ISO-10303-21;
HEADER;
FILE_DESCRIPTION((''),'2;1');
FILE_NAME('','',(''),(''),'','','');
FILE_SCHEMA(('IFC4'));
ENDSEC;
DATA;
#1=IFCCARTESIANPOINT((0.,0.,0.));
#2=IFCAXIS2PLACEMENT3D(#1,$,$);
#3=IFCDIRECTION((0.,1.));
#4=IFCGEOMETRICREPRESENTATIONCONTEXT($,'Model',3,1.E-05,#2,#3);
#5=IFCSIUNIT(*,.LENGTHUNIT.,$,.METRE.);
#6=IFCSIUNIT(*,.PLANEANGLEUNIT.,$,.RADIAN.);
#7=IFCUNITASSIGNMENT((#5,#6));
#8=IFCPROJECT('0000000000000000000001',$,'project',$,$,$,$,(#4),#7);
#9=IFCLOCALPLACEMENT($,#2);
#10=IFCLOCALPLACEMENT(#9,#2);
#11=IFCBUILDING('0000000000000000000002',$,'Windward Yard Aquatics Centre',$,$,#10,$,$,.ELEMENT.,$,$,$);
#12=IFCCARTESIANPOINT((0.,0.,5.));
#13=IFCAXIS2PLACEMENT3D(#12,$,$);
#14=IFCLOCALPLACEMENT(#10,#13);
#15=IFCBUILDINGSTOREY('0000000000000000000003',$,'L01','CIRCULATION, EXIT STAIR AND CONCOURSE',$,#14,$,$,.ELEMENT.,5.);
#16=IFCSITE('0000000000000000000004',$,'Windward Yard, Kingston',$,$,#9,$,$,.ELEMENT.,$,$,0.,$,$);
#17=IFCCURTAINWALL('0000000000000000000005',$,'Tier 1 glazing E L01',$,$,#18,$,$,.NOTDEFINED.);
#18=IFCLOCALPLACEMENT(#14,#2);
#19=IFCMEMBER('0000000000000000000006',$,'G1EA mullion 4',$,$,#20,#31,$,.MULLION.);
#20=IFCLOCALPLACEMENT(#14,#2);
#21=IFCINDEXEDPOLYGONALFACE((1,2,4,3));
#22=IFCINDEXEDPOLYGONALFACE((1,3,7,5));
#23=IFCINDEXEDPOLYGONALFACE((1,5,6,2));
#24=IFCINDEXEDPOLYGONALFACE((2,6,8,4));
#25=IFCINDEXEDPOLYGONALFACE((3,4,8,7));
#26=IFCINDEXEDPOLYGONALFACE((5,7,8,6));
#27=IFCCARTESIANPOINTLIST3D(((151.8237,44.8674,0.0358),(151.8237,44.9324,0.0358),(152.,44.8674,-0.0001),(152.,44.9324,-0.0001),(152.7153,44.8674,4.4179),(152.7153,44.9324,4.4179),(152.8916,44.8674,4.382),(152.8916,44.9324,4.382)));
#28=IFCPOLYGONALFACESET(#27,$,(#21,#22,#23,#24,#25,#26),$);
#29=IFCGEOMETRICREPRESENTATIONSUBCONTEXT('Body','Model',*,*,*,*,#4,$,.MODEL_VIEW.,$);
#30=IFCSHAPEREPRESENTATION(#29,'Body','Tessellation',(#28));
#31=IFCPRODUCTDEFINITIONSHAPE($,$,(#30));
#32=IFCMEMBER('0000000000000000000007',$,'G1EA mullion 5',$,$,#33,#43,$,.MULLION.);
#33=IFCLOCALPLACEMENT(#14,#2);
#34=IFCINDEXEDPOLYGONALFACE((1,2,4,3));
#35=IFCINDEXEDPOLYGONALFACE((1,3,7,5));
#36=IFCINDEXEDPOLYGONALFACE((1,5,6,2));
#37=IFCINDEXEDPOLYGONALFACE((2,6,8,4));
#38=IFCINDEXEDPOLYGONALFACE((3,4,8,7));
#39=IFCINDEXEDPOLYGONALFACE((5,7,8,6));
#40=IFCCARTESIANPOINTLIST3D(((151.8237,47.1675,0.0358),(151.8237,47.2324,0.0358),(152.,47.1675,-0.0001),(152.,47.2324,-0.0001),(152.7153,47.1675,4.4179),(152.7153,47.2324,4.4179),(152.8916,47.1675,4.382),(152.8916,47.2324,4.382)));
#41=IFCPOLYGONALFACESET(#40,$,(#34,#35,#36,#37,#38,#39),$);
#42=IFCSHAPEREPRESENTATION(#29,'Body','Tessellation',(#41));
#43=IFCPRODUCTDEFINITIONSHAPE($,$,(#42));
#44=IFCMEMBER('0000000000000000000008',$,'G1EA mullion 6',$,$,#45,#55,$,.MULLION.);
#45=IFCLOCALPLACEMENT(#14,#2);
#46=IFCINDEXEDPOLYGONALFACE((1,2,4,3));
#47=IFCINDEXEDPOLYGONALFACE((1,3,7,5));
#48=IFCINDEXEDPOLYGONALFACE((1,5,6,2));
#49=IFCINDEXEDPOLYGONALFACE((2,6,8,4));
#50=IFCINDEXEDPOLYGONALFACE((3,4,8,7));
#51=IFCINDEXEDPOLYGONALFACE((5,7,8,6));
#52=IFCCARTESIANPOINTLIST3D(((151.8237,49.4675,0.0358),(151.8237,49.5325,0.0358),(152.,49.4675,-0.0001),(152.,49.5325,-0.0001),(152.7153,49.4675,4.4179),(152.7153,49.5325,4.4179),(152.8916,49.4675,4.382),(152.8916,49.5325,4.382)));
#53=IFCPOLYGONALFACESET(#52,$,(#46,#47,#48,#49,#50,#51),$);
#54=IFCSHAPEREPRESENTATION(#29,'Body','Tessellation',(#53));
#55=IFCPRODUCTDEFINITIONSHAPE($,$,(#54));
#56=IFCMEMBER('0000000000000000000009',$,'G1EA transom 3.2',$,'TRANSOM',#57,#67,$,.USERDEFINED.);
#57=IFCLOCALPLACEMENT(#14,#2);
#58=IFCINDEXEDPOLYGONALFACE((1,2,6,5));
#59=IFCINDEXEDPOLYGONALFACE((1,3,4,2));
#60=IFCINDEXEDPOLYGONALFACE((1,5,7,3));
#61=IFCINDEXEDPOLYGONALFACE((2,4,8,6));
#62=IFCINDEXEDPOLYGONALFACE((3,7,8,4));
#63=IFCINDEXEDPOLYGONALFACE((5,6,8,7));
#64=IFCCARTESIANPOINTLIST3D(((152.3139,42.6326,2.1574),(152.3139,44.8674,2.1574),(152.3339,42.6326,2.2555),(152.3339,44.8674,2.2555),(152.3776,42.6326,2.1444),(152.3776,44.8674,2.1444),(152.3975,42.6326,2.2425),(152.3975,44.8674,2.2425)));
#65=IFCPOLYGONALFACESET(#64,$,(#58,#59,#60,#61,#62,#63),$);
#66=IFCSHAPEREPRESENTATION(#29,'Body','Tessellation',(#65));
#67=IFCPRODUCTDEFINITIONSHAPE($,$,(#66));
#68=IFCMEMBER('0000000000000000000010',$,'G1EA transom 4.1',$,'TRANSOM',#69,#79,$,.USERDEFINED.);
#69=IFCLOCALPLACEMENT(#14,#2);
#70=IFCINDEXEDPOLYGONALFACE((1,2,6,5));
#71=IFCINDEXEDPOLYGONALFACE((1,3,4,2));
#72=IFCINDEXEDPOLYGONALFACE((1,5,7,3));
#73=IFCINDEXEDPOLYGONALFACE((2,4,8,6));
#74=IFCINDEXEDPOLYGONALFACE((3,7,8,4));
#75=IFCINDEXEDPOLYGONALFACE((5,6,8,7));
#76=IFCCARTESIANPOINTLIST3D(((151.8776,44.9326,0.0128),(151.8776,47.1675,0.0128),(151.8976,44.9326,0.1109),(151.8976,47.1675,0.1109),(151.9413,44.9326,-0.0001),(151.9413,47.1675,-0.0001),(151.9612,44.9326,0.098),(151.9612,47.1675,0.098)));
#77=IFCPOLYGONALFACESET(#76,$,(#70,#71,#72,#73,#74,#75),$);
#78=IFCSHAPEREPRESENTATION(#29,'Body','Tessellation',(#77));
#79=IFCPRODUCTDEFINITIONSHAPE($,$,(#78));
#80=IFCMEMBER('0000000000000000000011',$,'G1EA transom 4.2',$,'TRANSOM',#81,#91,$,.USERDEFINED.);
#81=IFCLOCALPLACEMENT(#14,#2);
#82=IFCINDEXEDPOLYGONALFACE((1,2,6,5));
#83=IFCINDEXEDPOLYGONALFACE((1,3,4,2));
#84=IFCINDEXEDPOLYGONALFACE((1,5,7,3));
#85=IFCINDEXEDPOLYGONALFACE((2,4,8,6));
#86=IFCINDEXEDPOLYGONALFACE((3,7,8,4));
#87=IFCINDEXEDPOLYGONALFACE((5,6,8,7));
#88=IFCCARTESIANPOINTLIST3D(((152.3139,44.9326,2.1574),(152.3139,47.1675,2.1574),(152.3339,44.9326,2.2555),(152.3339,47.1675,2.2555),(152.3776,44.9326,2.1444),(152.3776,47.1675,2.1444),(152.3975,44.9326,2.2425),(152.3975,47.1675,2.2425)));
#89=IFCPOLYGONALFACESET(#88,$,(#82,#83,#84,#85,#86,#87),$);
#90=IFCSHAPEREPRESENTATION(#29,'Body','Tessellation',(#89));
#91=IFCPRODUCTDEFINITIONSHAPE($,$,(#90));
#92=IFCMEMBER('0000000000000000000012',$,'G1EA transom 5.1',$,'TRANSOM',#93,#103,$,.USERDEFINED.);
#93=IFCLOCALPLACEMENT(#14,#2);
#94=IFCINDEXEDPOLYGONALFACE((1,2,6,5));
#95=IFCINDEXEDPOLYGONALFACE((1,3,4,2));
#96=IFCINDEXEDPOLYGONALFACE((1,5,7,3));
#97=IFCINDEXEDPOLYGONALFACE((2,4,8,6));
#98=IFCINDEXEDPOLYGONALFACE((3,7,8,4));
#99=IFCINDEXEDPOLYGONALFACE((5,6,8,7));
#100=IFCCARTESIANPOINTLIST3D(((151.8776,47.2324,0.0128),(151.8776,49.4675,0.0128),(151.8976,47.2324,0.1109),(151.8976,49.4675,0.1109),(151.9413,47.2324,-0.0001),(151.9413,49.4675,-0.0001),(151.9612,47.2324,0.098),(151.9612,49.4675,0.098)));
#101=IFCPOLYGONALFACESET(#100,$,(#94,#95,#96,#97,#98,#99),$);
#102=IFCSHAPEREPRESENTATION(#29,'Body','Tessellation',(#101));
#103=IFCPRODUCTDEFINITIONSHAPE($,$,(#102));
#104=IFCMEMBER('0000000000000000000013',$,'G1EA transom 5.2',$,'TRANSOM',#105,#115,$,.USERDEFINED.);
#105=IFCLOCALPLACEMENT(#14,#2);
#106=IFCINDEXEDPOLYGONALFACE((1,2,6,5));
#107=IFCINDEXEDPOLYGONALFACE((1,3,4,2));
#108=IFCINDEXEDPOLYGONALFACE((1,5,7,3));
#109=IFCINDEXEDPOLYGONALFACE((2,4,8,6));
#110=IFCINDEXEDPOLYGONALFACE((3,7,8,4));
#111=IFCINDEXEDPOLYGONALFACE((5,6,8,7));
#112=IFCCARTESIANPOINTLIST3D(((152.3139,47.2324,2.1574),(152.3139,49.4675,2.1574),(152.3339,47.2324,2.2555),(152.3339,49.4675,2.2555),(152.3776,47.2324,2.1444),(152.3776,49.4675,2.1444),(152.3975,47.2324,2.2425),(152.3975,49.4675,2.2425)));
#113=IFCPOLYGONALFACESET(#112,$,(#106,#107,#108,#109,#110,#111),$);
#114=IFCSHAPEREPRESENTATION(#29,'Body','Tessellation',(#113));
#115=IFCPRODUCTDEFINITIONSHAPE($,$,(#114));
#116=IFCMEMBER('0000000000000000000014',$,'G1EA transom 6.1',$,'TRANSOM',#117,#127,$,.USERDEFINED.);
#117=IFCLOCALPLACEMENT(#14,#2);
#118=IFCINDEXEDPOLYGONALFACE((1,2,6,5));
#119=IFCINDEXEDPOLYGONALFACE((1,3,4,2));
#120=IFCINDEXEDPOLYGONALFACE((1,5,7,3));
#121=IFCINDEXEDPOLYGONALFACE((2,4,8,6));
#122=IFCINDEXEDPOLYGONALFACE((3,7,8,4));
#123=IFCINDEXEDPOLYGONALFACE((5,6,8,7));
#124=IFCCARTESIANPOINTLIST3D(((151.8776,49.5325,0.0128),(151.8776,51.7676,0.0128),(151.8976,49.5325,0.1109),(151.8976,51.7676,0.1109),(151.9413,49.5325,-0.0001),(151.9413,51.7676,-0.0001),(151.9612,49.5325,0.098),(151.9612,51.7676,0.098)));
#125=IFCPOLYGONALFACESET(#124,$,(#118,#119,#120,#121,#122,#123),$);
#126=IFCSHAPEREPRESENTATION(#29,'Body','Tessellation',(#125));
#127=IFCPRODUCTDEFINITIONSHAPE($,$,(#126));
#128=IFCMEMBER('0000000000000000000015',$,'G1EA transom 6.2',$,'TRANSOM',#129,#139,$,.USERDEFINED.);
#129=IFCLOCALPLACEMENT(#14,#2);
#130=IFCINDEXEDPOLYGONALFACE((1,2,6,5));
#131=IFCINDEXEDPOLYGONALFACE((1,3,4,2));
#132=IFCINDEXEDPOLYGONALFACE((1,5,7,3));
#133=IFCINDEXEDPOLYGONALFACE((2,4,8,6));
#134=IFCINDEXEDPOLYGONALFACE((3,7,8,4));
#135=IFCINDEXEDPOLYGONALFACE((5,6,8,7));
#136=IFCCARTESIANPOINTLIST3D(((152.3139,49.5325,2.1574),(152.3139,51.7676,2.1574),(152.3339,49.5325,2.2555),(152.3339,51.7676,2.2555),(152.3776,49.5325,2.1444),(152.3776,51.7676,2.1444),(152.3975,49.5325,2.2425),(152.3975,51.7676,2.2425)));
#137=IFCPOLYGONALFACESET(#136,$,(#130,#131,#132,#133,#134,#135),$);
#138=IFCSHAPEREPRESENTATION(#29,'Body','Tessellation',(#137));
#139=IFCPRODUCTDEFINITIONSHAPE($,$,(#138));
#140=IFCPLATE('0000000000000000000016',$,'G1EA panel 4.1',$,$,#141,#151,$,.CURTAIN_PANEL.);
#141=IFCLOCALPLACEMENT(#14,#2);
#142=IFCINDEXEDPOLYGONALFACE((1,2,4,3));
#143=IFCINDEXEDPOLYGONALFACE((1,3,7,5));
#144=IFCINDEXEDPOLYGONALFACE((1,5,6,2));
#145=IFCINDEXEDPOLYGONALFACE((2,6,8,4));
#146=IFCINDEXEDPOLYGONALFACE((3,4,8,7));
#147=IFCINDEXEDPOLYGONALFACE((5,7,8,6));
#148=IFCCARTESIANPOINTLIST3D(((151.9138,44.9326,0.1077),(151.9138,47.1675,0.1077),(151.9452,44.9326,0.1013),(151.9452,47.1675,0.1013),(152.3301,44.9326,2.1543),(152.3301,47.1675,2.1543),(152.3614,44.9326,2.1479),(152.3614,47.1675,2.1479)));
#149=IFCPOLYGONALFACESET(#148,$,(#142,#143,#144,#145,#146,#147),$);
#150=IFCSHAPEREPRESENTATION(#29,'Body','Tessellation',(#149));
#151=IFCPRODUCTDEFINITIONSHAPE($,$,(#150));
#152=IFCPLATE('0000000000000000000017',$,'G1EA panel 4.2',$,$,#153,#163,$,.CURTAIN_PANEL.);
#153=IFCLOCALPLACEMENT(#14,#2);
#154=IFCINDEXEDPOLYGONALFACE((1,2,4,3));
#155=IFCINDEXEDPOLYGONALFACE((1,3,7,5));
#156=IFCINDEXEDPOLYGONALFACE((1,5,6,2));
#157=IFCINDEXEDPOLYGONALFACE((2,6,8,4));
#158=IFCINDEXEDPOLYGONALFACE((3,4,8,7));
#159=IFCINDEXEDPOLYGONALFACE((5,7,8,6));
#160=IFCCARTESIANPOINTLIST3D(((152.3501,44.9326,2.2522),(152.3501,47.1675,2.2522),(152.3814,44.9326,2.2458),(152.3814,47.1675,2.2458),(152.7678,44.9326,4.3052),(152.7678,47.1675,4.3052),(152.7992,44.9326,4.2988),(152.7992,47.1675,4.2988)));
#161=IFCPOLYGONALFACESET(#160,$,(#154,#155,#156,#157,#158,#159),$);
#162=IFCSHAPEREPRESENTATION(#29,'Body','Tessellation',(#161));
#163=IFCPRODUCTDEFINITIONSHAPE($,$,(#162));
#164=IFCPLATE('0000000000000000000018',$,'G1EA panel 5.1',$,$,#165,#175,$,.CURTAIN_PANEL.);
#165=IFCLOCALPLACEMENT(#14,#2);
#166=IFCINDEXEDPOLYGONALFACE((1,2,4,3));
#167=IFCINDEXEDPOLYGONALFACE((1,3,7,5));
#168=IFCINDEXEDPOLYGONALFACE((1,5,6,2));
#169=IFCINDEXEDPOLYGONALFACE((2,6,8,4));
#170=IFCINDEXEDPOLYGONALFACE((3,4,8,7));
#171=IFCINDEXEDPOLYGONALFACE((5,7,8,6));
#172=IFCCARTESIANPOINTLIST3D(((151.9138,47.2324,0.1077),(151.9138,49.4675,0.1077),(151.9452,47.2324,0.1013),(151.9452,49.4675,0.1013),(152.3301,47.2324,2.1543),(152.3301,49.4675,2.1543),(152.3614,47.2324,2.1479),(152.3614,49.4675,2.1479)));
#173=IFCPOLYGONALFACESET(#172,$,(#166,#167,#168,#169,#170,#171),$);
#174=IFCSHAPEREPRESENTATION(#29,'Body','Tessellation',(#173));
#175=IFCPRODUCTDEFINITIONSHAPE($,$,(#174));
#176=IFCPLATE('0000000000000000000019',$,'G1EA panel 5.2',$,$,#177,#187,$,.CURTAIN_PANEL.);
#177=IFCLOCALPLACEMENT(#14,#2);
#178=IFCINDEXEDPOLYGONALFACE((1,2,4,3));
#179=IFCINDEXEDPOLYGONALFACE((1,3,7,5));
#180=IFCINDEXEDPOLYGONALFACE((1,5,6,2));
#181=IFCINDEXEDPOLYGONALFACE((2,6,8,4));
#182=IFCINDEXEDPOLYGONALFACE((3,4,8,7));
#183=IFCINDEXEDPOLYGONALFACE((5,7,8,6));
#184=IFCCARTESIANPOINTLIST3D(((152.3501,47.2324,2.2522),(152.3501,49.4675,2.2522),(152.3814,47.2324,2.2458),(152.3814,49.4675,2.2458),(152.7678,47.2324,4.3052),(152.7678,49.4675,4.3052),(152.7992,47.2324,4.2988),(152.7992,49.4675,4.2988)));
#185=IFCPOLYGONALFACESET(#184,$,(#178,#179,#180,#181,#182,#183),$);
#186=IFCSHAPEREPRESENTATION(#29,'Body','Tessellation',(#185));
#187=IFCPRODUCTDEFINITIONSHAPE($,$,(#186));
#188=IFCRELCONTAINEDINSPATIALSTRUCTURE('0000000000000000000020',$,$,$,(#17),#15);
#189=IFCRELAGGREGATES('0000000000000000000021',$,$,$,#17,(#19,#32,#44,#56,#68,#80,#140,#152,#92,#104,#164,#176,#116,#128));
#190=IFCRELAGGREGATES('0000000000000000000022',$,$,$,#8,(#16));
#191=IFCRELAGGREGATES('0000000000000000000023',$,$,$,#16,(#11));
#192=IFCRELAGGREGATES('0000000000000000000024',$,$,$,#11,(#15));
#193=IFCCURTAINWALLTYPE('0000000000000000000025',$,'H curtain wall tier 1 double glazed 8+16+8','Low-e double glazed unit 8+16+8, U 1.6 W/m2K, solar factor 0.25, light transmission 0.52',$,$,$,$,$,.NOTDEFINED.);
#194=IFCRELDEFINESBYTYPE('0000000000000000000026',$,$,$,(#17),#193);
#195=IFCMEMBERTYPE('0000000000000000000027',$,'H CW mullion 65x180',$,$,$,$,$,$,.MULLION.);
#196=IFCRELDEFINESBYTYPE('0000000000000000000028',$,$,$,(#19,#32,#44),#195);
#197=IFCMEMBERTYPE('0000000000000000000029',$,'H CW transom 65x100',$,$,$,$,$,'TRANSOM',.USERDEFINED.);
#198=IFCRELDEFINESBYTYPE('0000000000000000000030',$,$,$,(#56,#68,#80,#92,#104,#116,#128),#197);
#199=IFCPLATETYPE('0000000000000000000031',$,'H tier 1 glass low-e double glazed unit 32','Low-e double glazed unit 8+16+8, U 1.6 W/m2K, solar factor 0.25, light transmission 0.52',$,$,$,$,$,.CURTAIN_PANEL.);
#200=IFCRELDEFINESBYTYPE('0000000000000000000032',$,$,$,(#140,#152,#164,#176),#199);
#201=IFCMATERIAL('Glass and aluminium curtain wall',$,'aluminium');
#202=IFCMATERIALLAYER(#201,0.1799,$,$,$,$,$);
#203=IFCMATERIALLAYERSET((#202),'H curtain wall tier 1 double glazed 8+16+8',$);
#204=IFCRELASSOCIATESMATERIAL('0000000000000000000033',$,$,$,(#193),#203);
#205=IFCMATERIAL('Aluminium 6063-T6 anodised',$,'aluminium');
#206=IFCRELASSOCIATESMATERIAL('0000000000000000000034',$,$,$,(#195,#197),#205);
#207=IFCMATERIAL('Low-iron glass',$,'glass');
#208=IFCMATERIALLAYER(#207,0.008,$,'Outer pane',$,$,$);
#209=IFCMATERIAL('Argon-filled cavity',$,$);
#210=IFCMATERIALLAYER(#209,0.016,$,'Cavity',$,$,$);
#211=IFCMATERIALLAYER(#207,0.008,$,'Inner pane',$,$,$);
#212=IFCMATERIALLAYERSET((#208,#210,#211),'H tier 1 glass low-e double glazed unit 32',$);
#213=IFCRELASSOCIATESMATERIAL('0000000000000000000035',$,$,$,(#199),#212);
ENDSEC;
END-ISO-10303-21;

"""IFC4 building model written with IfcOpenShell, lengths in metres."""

from ifc_helpers import new_model, si_unit, direction, frame, origin, origin_2d, place, context, subcontext, project, spatial, polyline, rectangle, outline, extrude, material, layer, layer_set, material_profile, profile_set, type_object, element, aggregate, save


model = new_model("IFC4")

# Units and contexts
model_context = context("Model", 3, precision=1e-05, world=origin(), true_north=direction((0.0, 1.0)))
body_context = subcontext(model_context, "Body", "Model", "MODEL_VIEW")
ifc_project = project(units=[si_unit("LENGTHUNIT", "METRE"), si_unit("PLANEANGLEUNIT", "RADIAN")], contexts=[model_context])

# Site, building, storey
site_placement = place(None, origin())
site = spatial("IfcSite", under=ifc_project, at=site_placement, Name="Windward Yard, Kingston", CompositionType="ELEMENT", RefElevation=0.0)
building_placement = place(site_placement, origin())
building = spatial("IfcBuilding", under=site, at=building_placement, Name="Windward Yard Aquatics Centre", CompositionType="ELEMENT")
storey_placement = place(building_placement, frame((0.0, 0.0, 5.0)))
storey = spatial("IfcBuildingStorey", under=building, at=storey_placement, Name="L01", Description="CIRCULATION, EXIT STAIR AND CONCOURSE", CompositionType="ELEMENT", Elevation=5.0)

# Curtain wall, members, plates
ifc_material_1 = material(Name="Glass and aluminium curtain wall", Category="aluminium")
ifc_layer_1 = layer(ifc_material_1, 0.1799)
ifc_layer_set_1 = layer_set([ifc_layer_1], Name="H curtain wall tier 1 double glazed 8+16+8")
curtain_wall_type = type_object("IfcCurtainWallType", Name="H curtain wall tier 1 double glazed 8+16+8", Description="Low-e double glazed unit 8+16+8, U 1.6 W/m2K, solar factor 0.25, light transmission 0.52", PredefinedType="NOTDEFINED", material=ifc_layer_set_1)
curtain_wall_placement = place(storey_placement, origin())
curtain_wall = element("IfcCurtainWall", 1, at=curtain_wall_placement, inside=storey, type_object=curtain_wall_type, Name="Tier 1 glazing E L01", PredefinedType="NOTDEFINED")
ifc_material_2 = material(Name="Aluminium 6063-T6 anodised", Category="aluminium")
ifc_material_profile_1 = material_profile(ifc_material_2, rectangle(XDim=0.0649, YDim=0.1799, at=origin_2d()), Name="H CW mullion 65x180")
ifc_profile_set_1 = profile_set([ifc_material_profile_1], Name="Aluminium 6063-T6 anodised")
member_type_1 = type_object("IfcMemberType", Name="H CW mullion 65x180", PredefinedType="MULLION", material=ifc_profile_set_1)
member_1_placement = place(storey_placement, frame((151.9119, 44.8999, 0.0178), z_axis=(0.19938, 0.0, 0.979922), x_axis=(0.0, 1.0, 0.0)))
member_1 = element("IfcMember", 2, at=member_1_placement, type_object=member_type_1, Name="G1EA mullion 4", PredefinedType="MULLION", context=body_context, shape_type="SweptSolid", body=[
    extrude(rectangle(XDim=0.0649, YDim=0.1799, at=origin_2d()), origin(), (0.0, 0.0, 1.0), 4.4719),
])
member_2_placement = place(storey_placement, frame((151.9119, 47.2, 0.0178), z_axis=(0.19938, 0.0, 0.979922), x_axis=(0.0, 1.0, 0.0)))
member_2 = element("IfcMember", 3, at=member_2_placement, type_object=member_type_1, Name="G1EA mullion 5", PredefinedType="MULLION", context=body_context, shape_type="SweptSolid", body=[
    extrude(rectangle(XDim=0.0649, YDim=0.1799, at=origin_2d()), origin(), (0.0, 0.0, 1.0), 4.4719),
])
member_3_placement = place(storey_placement, frame((151.9119, 49.5, 0.0178), z_axis=(0.19938, 0.0, 0.979922), x_axis=(0.0, 1.0, 0.0)))
member_3 = element("IfcMember", 4, at=member_3_placement, type_object=member_type_1, Name="G1EA mullion 6", PredefinedType="MULLION", context=body_context, shape_type="SweptSolid", body=[
    extrude(rectangle(XDim=0.0649, YDim=0.1799, at=origin_2d()), origin(), (0.0, 0.0, 1.0), 4.4719),
])
ifc_material_profile_2 = material_profile(ifc_material_2, rectangle(XDim=0.0649, YDim=0.1001, at=origin_2d()), Name="H CW transom 65x100")
ifc_profile_set_2 = profile_set([ifc_material_profile_2], Name="Aluminium 6063-T6 anodised")
member_type_2 = type_object("IfcMemberType", Name="H CW transom 65x100", ElementType="TRANSOM", PredefinedType="USERDEFINED", material=ifc_profile_set_2)
member_4_placement = place(storey_placement, frame((152.3557, 42.6326, 2.2), z_axis=(0.0, 1.0, 0.0), x_axis=(-0.979925, 0.0, 0.199368)))
member_4 = element("IfcMember", 5, at=member_4_placement, type_object=member_type_2, Name="G1EA transom 3.2", ObjectType="TRANSOM", PredefinedType="USERDEFINED", context=body_context, shape_type="SweptSolid", body=[
    extrude(rectangle(XDim=0.0649, YDim=0.1001, at=origin_2d()), origin(), (0.0, 0.0, 1.0), 2.2349),
])
member_5_placement = place(storey_placement, frame((151.9194, 44.9326, 0.0554), z_axis=(0.0, 1.0, 0.0), x_axis=(-0.979925, 0.0, 0.199368)))
member_5 = element("IfcMember", 6, at=member_5_placement, type_object=member_type_2, Name="G1EA transom 4.1", ObjectType="TRANSOM", PredefinedType="USERDEFINED", context=body_context, shape_type="SweptSolid", body=[
    extrude(rectangle(XDim=0.0649, YDim=0.1001, at=origin_2d()), origin(), (0.0, 0.0, 1.0), 2.2349),
])
member_6_placement = place(storey_placement, frame((152.3557, 44.9326, 2.2), z_axis=(0.0, 1.0, 0.0), x_axis=(-0.979925, 0.0, 0.199368)))
member_6 = element("IfcMember", 7, at=member_6_placement, type_object=member_type_2, Name="G1EA transom 4.2", ObjectType="TRANSOM", PredefinedType="USERDEFINED", context=body_context, shape_type="SweptSolid", body=[
    extrude(rectangle(XDim=0.0649, YDim=0.1001, at=origin_2d()), origin(), (0.0, 0.0, 1.0), 2.2349),
])
member_7_placement = place(storey_placement, frame((151.9194, 47.2324, 0.0554), z_axis=(0.0, 1.0, 0.0), x_axis=(-0.979925, 0.0, 0.199368)))
member_7 = element("IfcMember", 8, at=member_7_placement, type_object=member_type_2, Name="G1EA transom 5.1", ObjectType="TRANSOM", PredefinedType="USERDEFINED", context=body_context, shape_type="SweptSolid", body=[
    extrude(rectangle(XDim=0.0649, YDim=0.1001, at=origin_2d()), origin(), (0.0, 0.0, 1.0), 2.2351),
])
member_8_placement = place(storey_placement, frame((152.3557, 47.2324, 2.2), z_axis=(0.0, 1.0, 0.0), x_axis=(-0.979925, 0.0, 0.199368)))
member_8 = element("IfcMember", 9, at=member_8_placement, type_object=member_type_2, Name="G1EA transom 5.2", ObjectType="TRANSOM", PredefinedType="USERDEFINED", context=body_context, shape_type="SweptSolid", body=[
    extrude(rectangle(XDim=0.0649, YDim=0.1001, at=origin_2d()), origin(), (0.0, 0.0, 1.0), 2.2351),
])
member_9_placement = place(storey_placement, frame((151.9194, 49.5325, 0.0554), z_axis=(0.0, 1.0, 0.0), x_axis=(-0.979925, 0.0, 0.199368)))
member_9 = element("IfcMember", 10, at=member_9_placement, type_object=member_type_2, Name="G1EA transom 6.1", ObjectType="TRANSOM", PredefinedType="USERDEFINED", context=body_context, shape_type="SweptSolid", body=[
    extrude(rectangle(XDim=0.0649, YDim=0.1001, at=origin_2d()), origin(), (0.0, 0.0, 1.0), 2.2351),
])
member_10_placement = place(storey_placement, frame((152.3557, 49.5325, 2.2), z_axis=(0.0, 1.0, 0.0), x_axis=(-0.979925, 0.0, 0.199368)))
member_10 = element("IfcMember", 11, at=member_10_placement, type_object=member_type_2, Name="G1EA transom 6.2", ObjectType="TRANSOM", PredefinedType="USERDEFINED", context=body_context, shape_type="SweptSolid", body=[
    extrude(rectangle(XDim=0.0649, YDim=0.1001, at=origin_2d()), origin(), (0.0, 0.0, 1.0), 2.2351),
])
ifc_material_3 = material(Name="Low-iron glass", Category="glass")
ifc_layer_2 = layer(ifc_material_3, 0.008, Name="Outer pane")
ifc_material_4 = material(Name="Argon-filled cavity")
ifc_layer_3 = layer(ifc_material_4, 0.016, Name="Cavity")
ifc_layer_4 = layer(ifc_material_3, 0.008, Name="Inner pane")
ifc_layer_set_2 = layer_set([ifc_layer_2, ifc_layer_3, ifc_layer_4], Name="H tier 1 glass low-e double glazed unit 32")
plate_type = type_object("IfcPlateType", Name="H tier 1 glass low-e double glazed unit 32", Description="Low-e double glazed unit 8+16+8, U 1.6 W/m2K, solar factor 0.25, light transmission 0.52", PredefinedType="CURTAIN_PANEL", material=ifc_layer_set_2)
plate_1_placement = place(storey_placement, frame((151.9138, 44.9326, 0.1077), z_axis=(-0.979937, 0.0, 0.199307), x_axis=(0.0, 1.0, 0.0)))
plate_1 = element("IfcPlate", 12, at=plate_1_placement, type_object=plate_type, Name="G1EA panel 4.1", PredefinedType="CURTAIN_PANEL", context=body_context, shape_type="SweptSolid", body=[
    extrude(outline(polyline([(0.0, 0.0), (2.2349, 0.0), (2.2349, -2.0885), (0.0, -2.0885), (0.0, 0.0)])), origin(), (0.0, 0.0, -1.0), 0.032),
])
plate_2_placement = place(storey_placement, frame((152.3501, 44.9326, 2.2522), z_axis=(-0.979921, 0.0, 0.199387), x_axis=(0.0, 1.0, 0.0)))
plate_2 = element("IfcPlate", 13, at=plate_2_placement, type_object=plate_type, Name="G1EA panel 4.2", PredefinedType="CURTAIN_PANEL", context=body_context, shape_type="SweptSolid", body=[
    extrude(outline(polyline([(0.0, 0.0), (2.2349, 0.0), (2.2349, -2.095), (0.0, -2.095), (0.0, 0.0)])), origin(), (0.0, 0.0, -1.0), 0.032),
])
plate_3_placement = place(storey_placement, frame((151.9138, 47.2324, 0.1077), z_axis=(-0.979937, 0.0, 0.199307), x_axis=(0.0, 1.0, 0.0)))
plate_3 = element("IfcPlate", 14, at=plate_3_placement, type_object=plate_type, Name="G1EA panel 5.1", PredefinedType="CURTAIN_PANEL", context=body_context, shape_type="SweptSolid", body=[
    extrude(outline(polyline([(0.0, 0.0), (2.2351, 0.0), (2.2351, -2.0885), (0.0, -2.0885), (0.0, 0.0)])), origin(), (0.0, 0.0, -1.0), 0.032),
])
plate_4_placement = place(storey_placement, frame((152.3501, 47.2324, 2.2522), z_axis=(-0.979921, 0.0, 0.199387), x_axis=(0.0, 1.0, 0.0)))
plate_4 = element("IfcPlate", 15, at=plate_4_placement, type_object=plate_type, Name="G1EA panel 5.2", PredefinedType="CURTAIN_PANEL", context=body_context, shape_type="SweptSolid", body=[
    extrude(outline(polyline([(0.0, 0.0), (2.2351, 0.0), (2.2351, -2.095), (0.0, -2.095), (0.0, 0.0)])), origin(), (0.0, 0.0, -1.0), 0.032),
])
aggregate(curtain_wall, [member_1, member_2, member_3, member_4, member_5, member_6, plate_1, plate_2, member_7, member_8, plate_3, plate_4, member_9, member_10])

save(model, "model.ifc")
